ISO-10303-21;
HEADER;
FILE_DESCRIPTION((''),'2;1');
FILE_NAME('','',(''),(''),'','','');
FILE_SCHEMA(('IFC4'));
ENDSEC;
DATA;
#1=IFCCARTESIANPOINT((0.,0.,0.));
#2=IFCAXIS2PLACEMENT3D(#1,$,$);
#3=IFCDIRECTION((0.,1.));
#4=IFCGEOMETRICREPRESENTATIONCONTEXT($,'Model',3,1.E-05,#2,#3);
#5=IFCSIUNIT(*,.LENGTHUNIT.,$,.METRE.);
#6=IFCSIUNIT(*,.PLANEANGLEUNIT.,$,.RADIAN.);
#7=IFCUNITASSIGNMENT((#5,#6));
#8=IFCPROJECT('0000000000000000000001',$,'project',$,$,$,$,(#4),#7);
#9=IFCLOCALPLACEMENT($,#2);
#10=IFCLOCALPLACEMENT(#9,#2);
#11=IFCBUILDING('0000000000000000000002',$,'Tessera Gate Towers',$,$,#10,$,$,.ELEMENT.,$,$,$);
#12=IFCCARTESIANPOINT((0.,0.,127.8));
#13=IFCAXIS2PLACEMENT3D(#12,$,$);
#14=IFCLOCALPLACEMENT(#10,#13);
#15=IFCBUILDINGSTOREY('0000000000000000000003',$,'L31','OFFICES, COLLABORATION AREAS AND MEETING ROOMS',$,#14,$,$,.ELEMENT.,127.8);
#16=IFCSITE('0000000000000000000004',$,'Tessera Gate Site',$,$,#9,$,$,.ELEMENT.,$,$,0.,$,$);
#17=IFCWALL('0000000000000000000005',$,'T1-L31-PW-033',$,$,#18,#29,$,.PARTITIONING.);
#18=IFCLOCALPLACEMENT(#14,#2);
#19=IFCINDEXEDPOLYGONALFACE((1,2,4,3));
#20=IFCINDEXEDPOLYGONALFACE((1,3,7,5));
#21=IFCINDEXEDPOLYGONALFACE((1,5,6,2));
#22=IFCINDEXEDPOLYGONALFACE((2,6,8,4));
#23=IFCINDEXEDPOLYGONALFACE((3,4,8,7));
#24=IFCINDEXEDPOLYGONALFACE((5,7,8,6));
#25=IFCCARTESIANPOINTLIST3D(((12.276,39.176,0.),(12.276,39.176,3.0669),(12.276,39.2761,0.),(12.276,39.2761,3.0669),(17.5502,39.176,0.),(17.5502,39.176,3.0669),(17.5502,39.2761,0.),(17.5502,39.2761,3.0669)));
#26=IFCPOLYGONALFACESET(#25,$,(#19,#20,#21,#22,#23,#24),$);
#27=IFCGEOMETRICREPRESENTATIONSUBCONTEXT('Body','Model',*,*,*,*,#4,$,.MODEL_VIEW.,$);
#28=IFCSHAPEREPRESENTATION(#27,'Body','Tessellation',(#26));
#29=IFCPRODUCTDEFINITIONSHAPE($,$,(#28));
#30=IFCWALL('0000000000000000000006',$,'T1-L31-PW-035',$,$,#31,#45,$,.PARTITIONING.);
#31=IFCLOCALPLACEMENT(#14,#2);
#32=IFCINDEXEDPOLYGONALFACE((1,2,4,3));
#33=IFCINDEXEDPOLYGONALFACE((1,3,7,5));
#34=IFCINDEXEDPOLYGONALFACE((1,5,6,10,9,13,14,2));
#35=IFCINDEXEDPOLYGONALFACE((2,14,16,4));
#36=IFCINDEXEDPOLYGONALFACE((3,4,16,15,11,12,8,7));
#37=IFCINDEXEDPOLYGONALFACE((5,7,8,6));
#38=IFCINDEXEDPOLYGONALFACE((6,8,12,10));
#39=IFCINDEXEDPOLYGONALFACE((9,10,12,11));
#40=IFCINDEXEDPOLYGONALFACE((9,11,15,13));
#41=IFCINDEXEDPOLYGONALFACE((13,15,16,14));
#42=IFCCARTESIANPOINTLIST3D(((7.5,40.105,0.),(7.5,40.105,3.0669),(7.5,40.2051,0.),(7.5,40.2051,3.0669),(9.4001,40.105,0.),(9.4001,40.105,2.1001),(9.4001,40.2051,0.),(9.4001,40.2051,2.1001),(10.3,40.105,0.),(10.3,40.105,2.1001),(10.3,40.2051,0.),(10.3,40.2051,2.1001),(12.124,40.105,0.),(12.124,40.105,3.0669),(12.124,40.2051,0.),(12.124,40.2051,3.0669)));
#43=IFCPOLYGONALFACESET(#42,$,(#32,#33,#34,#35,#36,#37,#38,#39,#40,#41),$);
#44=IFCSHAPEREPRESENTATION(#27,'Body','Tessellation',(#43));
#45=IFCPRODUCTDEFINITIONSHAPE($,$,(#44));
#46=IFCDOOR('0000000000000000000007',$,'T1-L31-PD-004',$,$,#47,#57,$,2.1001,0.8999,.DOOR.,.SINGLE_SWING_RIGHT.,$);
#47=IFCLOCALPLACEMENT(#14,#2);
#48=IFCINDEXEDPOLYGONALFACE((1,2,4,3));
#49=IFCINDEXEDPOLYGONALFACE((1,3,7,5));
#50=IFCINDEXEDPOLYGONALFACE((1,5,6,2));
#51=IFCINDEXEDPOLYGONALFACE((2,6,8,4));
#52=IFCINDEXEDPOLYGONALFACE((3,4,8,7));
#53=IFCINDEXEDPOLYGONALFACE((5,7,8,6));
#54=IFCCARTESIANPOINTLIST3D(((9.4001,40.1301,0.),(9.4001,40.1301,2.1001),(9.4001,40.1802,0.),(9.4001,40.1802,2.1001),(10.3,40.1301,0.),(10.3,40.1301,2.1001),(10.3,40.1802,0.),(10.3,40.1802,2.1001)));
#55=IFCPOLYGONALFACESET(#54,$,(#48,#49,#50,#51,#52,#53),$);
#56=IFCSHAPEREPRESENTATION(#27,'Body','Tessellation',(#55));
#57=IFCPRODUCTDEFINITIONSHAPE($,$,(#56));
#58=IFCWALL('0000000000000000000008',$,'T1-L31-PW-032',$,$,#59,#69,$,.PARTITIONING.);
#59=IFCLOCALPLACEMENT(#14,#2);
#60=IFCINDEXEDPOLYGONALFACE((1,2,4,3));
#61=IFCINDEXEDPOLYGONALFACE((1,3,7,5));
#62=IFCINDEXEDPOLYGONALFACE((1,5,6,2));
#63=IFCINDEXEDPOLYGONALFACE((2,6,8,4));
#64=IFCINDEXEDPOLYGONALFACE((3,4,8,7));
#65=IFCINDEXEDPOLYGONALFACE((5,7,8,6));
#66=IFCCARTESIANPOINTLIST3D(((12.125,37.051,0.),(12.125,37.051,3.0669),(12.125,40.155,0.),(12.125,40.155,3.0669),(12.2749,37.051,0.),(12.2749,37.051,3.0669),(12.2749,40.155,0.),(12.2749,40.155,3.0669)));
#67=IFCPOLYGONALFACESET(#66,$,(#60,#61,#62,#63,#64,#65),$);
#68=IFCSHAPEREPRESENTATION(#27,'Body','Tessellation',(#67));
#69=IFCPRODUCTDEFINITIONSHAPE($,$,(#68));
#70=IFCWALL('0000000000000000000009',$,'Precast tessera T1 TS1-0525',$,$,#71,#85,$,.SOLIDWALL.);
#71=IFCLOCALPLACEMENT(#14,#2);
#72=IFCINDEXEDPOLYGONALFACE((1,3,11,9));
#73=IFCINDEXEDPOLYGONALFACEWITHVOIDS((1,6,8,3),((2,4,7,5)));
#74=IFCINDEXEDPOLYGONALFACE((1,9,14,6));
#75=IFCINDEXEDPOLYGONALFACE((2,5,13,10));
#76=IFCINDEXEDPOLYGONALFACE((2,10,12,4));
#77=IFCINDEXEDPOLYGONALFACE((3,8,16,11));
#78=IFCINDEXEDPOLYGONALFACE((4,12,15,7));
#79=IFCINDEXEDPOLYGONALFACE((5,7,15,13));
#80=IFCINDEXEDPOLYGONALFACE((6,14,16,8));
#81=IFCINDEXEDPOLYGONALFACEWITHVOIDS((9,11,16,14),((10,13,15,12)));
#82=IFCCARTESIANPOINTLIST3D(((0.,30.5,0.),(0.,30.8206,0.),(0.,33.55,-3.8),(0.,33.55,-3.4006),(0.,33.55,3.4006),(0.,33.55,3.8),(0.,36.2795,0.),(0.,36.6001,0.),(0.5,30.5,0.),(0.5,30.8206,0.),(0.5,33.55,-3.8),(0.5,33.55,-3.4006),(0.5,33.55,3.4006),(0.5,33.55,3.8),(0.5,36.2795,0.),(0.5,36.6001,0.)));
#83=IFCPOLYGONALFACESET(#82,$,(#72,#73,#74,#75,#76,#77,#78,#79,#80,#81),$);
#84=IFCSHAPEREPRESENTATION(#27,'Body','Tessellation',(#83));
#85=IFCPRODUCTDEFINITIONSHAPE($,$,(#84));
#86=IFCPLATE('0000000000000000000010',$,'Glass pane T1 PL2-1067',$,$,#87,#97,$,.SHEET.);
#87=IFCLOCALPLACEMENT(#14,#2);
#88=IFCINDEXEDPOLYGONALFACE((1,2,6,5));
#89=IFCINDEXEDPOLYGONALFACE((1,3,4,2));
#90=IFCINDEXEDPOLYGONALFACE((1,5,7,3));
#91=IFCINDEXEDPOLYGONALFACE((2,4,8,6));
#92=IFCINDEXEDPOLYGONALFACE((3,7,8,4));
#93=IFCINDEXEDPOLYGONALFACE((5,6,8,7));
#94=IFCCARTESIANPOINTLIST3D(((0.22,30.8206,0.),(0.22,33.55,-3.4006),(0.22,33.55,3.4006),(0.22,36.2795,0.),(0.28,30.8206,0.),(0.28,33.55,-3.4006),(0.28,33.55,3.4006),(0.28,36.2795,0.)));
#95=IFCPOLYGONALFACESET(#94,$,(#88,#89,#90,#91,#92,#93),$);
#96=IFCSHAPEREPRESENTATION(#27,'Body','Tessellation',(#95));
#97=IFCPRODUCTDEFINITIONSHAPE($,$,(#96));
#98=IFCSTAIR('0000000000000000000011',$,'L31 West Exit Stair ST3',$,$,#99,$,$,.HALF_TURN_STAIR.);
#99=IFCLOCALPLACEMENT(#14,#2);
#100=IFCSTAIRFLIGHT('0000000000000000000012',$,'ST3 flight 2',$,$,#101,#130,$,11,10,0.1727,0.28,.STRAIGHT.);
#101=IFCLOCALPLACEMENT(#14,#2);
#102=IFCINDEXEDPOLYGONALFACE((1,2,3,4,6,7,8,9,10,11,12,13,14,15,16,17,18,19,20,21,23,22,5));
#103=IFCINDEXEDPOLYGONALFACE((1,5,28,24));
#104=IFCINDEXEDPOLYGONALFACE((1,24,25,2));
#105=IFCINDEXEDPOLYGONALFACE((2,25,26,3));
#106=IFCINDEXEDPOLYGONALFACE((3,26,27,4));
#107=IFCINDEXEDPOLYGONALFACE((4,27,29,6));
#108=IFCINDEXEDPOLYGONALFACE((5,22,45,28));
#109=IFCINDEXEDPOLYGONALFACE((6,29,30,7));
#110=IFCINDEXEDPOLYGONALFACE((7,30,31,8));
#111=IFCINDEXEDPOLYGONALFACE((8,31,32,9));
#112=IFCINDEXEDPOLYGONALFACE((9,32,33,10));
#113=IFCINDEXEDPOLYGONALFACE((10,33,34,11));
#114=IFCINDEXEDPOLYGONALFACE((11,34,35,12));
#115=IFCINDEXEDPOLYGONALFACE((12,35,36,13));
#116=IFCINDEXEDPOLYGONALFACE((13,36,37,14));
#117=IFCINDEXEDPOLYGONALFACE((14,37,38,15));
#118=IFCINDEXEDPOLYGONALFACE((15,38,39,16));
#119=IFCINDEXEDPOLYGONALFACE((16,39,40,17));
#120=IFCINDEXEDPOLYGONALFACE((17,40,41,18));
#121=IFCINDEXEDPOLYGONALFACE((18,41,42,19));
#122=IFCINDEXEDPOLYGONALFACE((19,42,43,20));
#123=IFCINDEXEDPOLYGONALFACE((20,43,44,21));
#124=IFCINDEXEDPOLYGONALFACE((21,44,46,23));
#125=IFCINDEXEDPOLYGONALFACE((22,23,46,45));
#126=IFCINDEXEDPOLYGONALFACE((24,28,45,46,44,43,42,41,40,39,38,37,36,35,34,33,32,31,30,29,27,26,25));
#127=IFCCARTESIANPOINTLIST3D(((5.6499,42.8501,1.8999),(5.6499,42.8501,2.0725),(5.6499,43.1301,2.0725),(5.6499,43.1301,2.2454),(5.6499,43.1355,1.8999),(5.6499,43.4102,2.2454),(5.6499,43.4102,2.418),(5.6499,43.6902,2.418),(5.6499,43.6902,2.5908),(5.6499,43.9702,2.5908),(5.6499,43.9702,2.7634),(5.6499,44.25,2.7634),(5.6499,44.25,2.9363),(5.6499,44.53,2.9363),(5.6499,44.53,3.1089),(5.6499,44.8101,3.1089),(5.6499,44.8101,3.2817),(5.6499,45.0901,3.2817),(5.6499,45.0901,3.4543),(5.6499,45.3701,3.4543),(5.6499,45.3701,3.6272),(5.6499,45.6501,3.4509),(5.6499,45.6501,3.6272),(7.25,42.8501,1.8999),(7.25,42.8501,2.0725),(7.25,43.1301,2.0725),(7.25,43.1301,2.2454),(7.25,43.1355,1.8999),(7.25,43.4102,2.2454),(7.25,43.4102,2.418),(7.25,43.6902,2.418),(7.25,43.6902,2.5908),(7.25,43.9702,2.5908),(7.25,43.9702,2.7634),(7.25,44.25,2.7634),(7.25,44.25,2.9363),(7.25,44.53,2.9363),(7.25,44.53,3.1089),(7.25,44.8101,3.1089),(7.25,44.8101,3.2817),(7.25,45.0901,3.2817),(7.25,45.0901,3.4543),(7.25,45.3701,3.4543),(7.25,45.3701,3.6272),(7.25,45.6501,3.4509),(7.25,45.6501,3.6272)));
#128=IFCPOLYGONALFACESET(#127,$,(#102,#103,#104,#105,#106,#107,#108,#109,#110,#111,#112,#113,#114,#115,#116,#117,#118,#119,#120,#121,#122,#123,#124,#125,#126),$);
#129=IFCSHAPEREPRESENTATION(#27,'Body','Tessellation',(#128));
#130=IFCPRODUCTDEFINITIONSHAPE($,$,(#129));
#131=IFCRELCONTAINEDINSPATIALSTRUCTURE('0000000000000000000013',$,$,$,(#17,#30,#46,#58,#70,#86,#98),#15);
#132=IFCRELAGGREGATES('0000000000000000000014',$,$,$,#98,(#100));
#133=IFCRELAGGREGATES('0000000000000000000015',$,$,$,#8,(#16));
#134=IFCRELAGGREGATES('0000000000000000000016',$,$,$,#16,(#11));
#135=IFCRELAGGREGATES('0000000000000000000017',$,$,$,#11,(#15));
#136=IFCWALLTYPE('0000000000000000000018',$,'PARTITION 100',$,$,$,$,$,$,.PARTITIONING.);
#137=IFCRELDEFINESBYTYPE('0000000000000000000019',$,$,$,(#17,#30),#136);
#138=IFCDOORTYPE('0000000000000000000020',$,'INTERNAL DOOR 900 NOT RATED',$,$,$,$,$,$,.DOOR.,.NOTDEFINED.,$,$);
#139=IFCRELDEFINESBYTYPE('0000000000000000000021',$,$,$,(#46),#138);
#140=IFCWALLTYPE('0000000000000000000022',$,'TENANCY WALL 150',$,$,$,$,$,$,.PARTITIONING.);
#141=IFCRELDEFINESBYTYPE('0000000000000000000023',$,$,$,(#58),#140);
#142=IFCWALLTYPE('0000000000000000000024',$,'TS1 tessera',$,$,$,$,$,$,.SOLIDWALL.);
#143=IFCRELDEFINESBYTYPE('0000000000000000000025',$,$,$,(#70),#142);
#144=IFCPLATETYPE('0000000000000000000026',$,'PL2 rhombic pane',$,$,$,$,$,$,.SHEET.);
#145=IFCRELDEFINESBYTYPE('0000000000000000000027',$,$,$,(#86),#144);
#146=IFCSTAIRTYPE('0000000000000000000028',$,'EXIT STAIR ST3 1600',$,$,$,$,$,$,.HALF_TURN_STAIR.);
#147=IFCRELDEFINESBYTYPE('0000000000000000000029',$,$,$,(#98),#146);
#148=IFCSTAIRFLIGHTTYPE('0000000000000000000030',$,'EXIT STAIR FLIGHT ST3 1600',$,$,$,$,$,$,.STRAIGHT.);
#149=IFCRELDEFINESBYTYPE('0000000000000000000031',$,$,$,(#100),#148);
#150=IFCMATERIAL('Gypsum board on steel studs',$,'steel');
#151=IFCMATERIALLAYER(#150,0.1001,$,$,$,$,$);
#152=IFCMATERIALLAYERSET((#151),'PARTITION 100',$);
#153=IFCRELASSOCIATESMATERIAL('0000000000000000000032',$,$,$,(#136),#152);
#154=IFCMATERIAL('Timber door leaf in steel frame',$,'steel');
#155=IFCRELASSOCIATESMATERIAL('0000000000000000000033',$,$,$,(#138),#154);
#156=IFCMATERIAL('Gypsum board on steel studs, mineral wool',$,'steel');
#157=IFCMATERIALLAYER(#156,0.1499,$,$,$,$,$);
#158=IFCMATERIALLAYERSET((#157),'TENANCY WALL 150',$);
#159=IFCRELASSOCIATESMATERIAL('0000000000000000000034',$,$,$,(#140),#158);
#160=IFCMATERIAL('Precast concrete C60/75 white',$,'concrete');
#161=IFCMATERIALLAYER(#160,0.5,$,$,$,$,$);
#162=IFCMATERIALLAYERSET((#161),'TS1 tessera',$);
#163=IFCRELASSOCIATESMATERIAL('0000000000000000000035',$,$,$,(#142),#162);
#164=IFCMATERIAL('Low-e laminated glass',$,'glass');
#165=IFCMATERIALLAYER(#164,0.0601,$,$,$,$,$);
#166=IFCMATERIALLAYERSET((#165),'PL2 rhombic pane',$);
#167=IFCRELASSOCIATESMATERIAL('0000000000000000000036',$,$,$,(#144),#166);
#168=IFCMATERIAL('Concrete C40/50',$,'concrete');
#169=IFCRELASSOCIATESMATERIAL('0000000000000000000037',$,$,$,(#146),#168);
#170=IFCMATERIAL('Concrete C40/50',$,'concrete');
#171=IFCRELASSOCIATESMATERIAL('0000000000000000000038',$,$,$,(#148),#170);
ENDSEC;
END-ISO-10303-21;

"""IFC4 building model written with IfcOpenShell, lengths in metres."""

from ifc_helpers import new_model, si_unit, direction, frame, frame_2d, origin, place, context, subcontext, project, spatial, polyline, rectangle, outline, extrude, source, transform, mapped, material, layer, layer_set, type_object, element, fill, aggregate, save


model = new_model("IFC4")

# Units and contexts
model_context = context("Model", 3, precision=1e-05, world=origin(), true_north=direction((0.0, 1.0)))
body_context = subcontext(model_context, "Body", "Model", "MODEL_VIEW")
ifc_project = project(units=[si_unit("LENGTHUNIT", "METRE"), si_unit("PLANEANGLEUNIT", "RADIAN")], contexts=[model_context])

# Site, building, storey
site_placement = place(None, origin())
site = spatial("IfcSite", under=ifc_project, at=site_placement, Name="Tessera Gate Site", CompositionType="ELEMENT", RefElevation=0.0)
building_placement = place(site_placement, origin())
building = spatial("IfcBuilding", under=site, at=building_placement, Name="Tessera Gate Towers", CompositionType="ELEMENT")
storey_placement = place(building_placement, frame((0.0, 0.0, 127.8)))
storey = spatial("IfcBuildingStorey", under=building, at=storey_placement, Name="L31", Description="OFFICES, COLLABORATION AREAS AND MEETING ROOMS", CompositionType="ELEMENT", Elevation=127.8)

# Wall
ifc_material_1 = material(Name="Gypsum board on steel studs", Category="steel")
ifc_layer_1 = layer(ifc_material_1, 0.1001)
ifc_layer_set_1 = layer_set([ifc_layer_1], Name="PARTITION 100")
wall_type_1 = type_object("IfcWallType", Name="PARTITION 100", PredefinedType="PARTITIONING", material=ifc_layer_set_1)
wall_1_placement = place(storey_placement, frame((12.2759, 39.2261, 0.0), z_axis=(0.0, 0.0, 1.0), x_axis=(1.0, 0.0, 0.0)))
element("IfcWall", 1, at=wall_1_placement, inside=storey, type_object=wall_type_1, Name="T1-L31-PW-033", PredefinedType="PARTITIONING", context=body_context, shape_type="SweptSolid", body=[
    extrude(rectangle(XDim=5.2742, YDim=0.1001, at=frame_2d((2.6372, 0.0))), origin(), (0.0, 0.0, 1.0), 3.0669),
])

# Wall, opening, door
wall_2_placement = place(storey_placement, frame((12.124, 40.155, 0.0), z_axis=(0.0, 0.0, 1.0), x_axis=(-1.0, 0.0, 0.0)))
wall_2 = element("IfcWall", 2, at=wall_2_placement, inside=storey, type_object=wall_type_1, Name="T1-L31-PW-035", PredefinedType="PARTITIONING", context=body_context, shape_type="SweptSolid", body=[
    extrude(rectangle(XDim=4.624, YDim=0.1001, at=frame_2d((2.312, 0.0))), origin(), (0.0, 0.0, 1.0), 3.0669),
])
shared_shape_1 = source(origin(), body_context, "Body", "SweptSolid", [
    extrude(rectangle(XDim=0.8999, YDim=2.1001, at=frame_2d((0.45, 1.05))), frame((0.0, 0.0601, 0.0), z_axis=(0.0, -1.0, 0.0), x_axis=(1.0, 0.0, 0.0)), (0.0, 0.0, 1.0), 0.1201),
])
opening_1_placement = place(wall_2_placement, frame((1.824, 0.0, 0.0)))
opening_1 = element("IfcOpeningElement", 3, at=opening_1_placement, cuts=wall_2, PredefinedType="OPENING", context=body_context, shape_type="MappedRepresentation", body=[
    mapped(shared_shape_1, transform((0.0, 0.0, 0.0), scale=1.0)),
])
ifc_material_2 = material(Name="Timber door leaf in steel frame", Category="steel")
door_type = type_object("IfcDoorType", Name="INTERNAL DOOR 900 NOT RATED", OperationType="NOTDEFINED", PredefinedType="DOOR", material=ifc_material_2)
shared_shape_2 = source(origin(), body_context, "Body", "SweptSolid", [
    extrude(rectangle(XDim=0.8999, YDim=2.1001, at=frame_2d((0.45, 1.05))), frame((0.0, 0.0249, 0.0), z_axis=(0.0, -1.0, 0.0), x_axis=(1.0, 0.0, 0.0)), (0.0, 0.0, 1.0), 0.05),
])
door_placement = place(opening_1_placement, origin())
door = element("IfcDoor", 4, at=door_placement, inside=storey, type_object=door_type, Name="T1-L31-PD-004", OperationType="SINGLE_SWING_RIGHT", OverallHeight=2.1001, OverallWidth=0.8999, PredefinedType="DOOR", context=body_context, shape_type="MappedRepresentation", body=[
    mapped(shared_shape_2, transform((0.0, 0.0, 0.0), scale=1.0)),
])
fill(opening_1, door)

# Wall
ifc_material_3 = material(Name="Gypsum board on steel studs, mineral wool", Category="steel")
ifc_layer_2 = layer(ifc_material_3, 0.1499)
ifc_layer_set_2 = layer_set([ifc_layer_2], Name="TENANCY WALL 150")
wall_type_2 = type_object("IfcWallType", Name="TENANCY WALL 150", PredefinedType="PARTITIONING", material=ifc_layer_set_2)
wall_3_placement = place(storey_placement, frame((12.2, 37.051, 0.0), z_axis=(0.0, 0.0, 1.0), x_axis=(0.0, 1.0, 0.0)))
element("IfcWall", 5, at=wall_3_placement, inside=storey, type_object=wall_type_2, Name="T1-L31-PW-032", PredefinedType="PARTITIONING", context=body_context, shape_type="SweptSolid", body=[
    extrude(rectangle(XDim=3.104, YDim=0.1499, at=frame_2d((1.552, 0.0))), origin(), (0.0, 0.0, 1.0), 3.0669),
])

# Wall, opening, plate
ifc_material_4 = material(Name="Precast concrete C60/75 white", Category="concrete")
ifc_layer_3 = layer(ifc_material_4, 0.5)
ifc_layer_set_3 = layer_set([ifc_layer_3], Name="TS1 tessera")
wall_type_3 = type_object("IfcWallType", Name="TS1 tessera", PredefinedType="SOLIDWALL", material=ifc_layer_set_3)
shared_shape_3 = source(origin(), body_context, "Body", "SweptSolid", [
    extrude(outline(polyline([(3.05, 0.0), (6.1001, 3.8), (3.05, 7.6001), (0.0, 3.8), (3.05, 0.0)])), frame((0.0, 0.25, 0.0), z_axis=(0.0, -1.0, 0.0), x_axis=(1.0, 0.0, 0.0)), (0.0, 0.0, 1.0), 0.5),
])
wall_4_placement = place(storey_placement, frame((0.25, 36.6001, -3.8), z_axis=(0.0, 0.0, 1.0), x_axis=(0.0, -1.0, 0.0)))
wall_4 = element("IfcWall", 6, at=wall_4_placement, inside=storey, type_object=wall_type_3, Name="Precast tessera T1 TS1-0525", PredefinedType="SOLIDWALL", context=body_context, shape_type="MappedRepresentation", body=[
    mapped(shared_shape_3, transform((0.0, 0.0, 0.0), scale=1.0)),
])
shared_shape_4 = source(origin(), body_context, "Body", "SweptSolid", [
    extrude(outline(polyline([(3.05, 0.3994), (5.7795, 3.8), (3.05, 7.2007), (0.3206, 3.8), (3.05, 0.3994)])), frame((0.0, 0.26, 0.0), z_axis=(0.0, -1.0, 0.0), x_axis=(1.0, 0.0, 0.0)), (0.0, 0.0, 1.0), 0.52),
])
opening_2_placement = place(wall_4_placement, origin())
opening_2 = element("IfcOpeningElement", 7, at=opening_2_placement, cuts=wall_4, PredefinedType="OPENING", context=body_context, shape_type="MappedRepresentation", body=[
    mapped(shared_shape_4, transform((0.0, 0.0, 0.0), scale=1.0)),
])
ifc_material_5 = material(Name="Low-e laminated glass", Category="glass")
ifc_layer_4 = layer(ifc_material_5, 0.0601)
ifc_layer_set_4 = layer_set([ifc_layer_4], Name="PL2 rhombic pane")
plate_type = type_object("IfcPlateType", Name="PL2 rhombic pane", PredefinedType="SHEET", material=ifc_layer_set_4)
shared_shape_5 = source(origin(), body_context, "Body", "SweptSolid", [
    extrude(outline(polyline([(3.05, 0.3994), (5.7795, 3.8), (3.05, 7.2007), (0.3206, 3.8), (3.05, 0.3994)])), frame((0.0, 0.03, 0.0), z_axis=(0.0, -1.0, 0.0), x_axis=(1.0, 0.0, 0.0)), (0.0, 0.0, 1.0), 0.0601),
])
plate_placement = place(opening_2_placement, origin())
plate = element("IfcPlate", 8, at=plate_placement, inside=storey, type_object=plate_type, Name="Glass pane T1 PL2-1067", PredefinedType="SHEET", context=body_context, shape_type="MappedRepresentation", body=[
    mapped(shared_shape_5, transform((0.0, 0.0, 0.0), scale=1.0)),
])
fill(opening_2, plate)

# Stair, stair flight
ifc_material_6 = material(Name="Concrete C40/50", Category="concrete")
stair_type = type_object("IfcStairType", Name="EXIT STAIR ST3 1600", PredefinedType="HALF_TURN_STAIR", material=ifc_material_6)
stair_placement = place(storey_placement, origin())
stair = element("IfcStair", 9, at=stair_placement, inside=storey, type_object=stair_type, Name="L31 West Exit Stair ST3", PredefinedType="HALF_TURN_STAIR")
ifc_material_7 = material(Name="Concrete C40/50", Category="concrete")
stair_flight_type = type_object("IfcStairFlightType", Name="EXIT STAIR FLIGHT ST3 1600", PredefinedType="STRAIGHT", material=ifc_material_7)
stair_flight_placement = place(storey_placement, frame((6.45, 42.8501, 1.8999), z_axis=(0.0, 0.0, 1.0), x_axis=(0.0, 1.0, 0.0)))
stair_flight = element("IfcStairFlight", 10, at=stair_flight_placement, type_object=stair_flight_type, Name="ST3 flight 2", NumberOfRisers=11, NumberOfTreads=10, PredefinedType="STRAIGHT", RiserHeight=0.1727, TreadLength=0.28, context=body_context, shape_type="SweptSolid", body=[
    extrude(outline(polyline([(0.0, 0.0), (0.0, 0.1726), (0.28, 0.1726), (0.28, 0.3455), (0.5601, 0.3455), (0.5601, 0.5181), (0.8401, 0.5181), (0.8401, 0.6909), (1.1201, 0.6909), (1.1201, 0.8635), (1.3999, 0.8635), (1.3999, 1.0364), (1.6799, 1.0364), (1.6799, 1.209), (1.96, 1.209), (1.96, 1.3818), (2.24, 1.3818), (2.24, 1.5544), (2.52, 1.5544), (2.52, 1.7273), (2.8, 1.7273), (2.8, 1.8999), (2.8, 1.551), (0.2854, 0.0), (0.0, 0.0)])), frame((0.0, 0.8, 0.0), z_axis=(0.0, -1.0, 0.0), x_axis=(1.0, 0.0, 0.0)), (0.0, 0.0, 1.0), 1.6001),
])
aggregate(stair, [stair_flight])

save(model, "model.ifc")
